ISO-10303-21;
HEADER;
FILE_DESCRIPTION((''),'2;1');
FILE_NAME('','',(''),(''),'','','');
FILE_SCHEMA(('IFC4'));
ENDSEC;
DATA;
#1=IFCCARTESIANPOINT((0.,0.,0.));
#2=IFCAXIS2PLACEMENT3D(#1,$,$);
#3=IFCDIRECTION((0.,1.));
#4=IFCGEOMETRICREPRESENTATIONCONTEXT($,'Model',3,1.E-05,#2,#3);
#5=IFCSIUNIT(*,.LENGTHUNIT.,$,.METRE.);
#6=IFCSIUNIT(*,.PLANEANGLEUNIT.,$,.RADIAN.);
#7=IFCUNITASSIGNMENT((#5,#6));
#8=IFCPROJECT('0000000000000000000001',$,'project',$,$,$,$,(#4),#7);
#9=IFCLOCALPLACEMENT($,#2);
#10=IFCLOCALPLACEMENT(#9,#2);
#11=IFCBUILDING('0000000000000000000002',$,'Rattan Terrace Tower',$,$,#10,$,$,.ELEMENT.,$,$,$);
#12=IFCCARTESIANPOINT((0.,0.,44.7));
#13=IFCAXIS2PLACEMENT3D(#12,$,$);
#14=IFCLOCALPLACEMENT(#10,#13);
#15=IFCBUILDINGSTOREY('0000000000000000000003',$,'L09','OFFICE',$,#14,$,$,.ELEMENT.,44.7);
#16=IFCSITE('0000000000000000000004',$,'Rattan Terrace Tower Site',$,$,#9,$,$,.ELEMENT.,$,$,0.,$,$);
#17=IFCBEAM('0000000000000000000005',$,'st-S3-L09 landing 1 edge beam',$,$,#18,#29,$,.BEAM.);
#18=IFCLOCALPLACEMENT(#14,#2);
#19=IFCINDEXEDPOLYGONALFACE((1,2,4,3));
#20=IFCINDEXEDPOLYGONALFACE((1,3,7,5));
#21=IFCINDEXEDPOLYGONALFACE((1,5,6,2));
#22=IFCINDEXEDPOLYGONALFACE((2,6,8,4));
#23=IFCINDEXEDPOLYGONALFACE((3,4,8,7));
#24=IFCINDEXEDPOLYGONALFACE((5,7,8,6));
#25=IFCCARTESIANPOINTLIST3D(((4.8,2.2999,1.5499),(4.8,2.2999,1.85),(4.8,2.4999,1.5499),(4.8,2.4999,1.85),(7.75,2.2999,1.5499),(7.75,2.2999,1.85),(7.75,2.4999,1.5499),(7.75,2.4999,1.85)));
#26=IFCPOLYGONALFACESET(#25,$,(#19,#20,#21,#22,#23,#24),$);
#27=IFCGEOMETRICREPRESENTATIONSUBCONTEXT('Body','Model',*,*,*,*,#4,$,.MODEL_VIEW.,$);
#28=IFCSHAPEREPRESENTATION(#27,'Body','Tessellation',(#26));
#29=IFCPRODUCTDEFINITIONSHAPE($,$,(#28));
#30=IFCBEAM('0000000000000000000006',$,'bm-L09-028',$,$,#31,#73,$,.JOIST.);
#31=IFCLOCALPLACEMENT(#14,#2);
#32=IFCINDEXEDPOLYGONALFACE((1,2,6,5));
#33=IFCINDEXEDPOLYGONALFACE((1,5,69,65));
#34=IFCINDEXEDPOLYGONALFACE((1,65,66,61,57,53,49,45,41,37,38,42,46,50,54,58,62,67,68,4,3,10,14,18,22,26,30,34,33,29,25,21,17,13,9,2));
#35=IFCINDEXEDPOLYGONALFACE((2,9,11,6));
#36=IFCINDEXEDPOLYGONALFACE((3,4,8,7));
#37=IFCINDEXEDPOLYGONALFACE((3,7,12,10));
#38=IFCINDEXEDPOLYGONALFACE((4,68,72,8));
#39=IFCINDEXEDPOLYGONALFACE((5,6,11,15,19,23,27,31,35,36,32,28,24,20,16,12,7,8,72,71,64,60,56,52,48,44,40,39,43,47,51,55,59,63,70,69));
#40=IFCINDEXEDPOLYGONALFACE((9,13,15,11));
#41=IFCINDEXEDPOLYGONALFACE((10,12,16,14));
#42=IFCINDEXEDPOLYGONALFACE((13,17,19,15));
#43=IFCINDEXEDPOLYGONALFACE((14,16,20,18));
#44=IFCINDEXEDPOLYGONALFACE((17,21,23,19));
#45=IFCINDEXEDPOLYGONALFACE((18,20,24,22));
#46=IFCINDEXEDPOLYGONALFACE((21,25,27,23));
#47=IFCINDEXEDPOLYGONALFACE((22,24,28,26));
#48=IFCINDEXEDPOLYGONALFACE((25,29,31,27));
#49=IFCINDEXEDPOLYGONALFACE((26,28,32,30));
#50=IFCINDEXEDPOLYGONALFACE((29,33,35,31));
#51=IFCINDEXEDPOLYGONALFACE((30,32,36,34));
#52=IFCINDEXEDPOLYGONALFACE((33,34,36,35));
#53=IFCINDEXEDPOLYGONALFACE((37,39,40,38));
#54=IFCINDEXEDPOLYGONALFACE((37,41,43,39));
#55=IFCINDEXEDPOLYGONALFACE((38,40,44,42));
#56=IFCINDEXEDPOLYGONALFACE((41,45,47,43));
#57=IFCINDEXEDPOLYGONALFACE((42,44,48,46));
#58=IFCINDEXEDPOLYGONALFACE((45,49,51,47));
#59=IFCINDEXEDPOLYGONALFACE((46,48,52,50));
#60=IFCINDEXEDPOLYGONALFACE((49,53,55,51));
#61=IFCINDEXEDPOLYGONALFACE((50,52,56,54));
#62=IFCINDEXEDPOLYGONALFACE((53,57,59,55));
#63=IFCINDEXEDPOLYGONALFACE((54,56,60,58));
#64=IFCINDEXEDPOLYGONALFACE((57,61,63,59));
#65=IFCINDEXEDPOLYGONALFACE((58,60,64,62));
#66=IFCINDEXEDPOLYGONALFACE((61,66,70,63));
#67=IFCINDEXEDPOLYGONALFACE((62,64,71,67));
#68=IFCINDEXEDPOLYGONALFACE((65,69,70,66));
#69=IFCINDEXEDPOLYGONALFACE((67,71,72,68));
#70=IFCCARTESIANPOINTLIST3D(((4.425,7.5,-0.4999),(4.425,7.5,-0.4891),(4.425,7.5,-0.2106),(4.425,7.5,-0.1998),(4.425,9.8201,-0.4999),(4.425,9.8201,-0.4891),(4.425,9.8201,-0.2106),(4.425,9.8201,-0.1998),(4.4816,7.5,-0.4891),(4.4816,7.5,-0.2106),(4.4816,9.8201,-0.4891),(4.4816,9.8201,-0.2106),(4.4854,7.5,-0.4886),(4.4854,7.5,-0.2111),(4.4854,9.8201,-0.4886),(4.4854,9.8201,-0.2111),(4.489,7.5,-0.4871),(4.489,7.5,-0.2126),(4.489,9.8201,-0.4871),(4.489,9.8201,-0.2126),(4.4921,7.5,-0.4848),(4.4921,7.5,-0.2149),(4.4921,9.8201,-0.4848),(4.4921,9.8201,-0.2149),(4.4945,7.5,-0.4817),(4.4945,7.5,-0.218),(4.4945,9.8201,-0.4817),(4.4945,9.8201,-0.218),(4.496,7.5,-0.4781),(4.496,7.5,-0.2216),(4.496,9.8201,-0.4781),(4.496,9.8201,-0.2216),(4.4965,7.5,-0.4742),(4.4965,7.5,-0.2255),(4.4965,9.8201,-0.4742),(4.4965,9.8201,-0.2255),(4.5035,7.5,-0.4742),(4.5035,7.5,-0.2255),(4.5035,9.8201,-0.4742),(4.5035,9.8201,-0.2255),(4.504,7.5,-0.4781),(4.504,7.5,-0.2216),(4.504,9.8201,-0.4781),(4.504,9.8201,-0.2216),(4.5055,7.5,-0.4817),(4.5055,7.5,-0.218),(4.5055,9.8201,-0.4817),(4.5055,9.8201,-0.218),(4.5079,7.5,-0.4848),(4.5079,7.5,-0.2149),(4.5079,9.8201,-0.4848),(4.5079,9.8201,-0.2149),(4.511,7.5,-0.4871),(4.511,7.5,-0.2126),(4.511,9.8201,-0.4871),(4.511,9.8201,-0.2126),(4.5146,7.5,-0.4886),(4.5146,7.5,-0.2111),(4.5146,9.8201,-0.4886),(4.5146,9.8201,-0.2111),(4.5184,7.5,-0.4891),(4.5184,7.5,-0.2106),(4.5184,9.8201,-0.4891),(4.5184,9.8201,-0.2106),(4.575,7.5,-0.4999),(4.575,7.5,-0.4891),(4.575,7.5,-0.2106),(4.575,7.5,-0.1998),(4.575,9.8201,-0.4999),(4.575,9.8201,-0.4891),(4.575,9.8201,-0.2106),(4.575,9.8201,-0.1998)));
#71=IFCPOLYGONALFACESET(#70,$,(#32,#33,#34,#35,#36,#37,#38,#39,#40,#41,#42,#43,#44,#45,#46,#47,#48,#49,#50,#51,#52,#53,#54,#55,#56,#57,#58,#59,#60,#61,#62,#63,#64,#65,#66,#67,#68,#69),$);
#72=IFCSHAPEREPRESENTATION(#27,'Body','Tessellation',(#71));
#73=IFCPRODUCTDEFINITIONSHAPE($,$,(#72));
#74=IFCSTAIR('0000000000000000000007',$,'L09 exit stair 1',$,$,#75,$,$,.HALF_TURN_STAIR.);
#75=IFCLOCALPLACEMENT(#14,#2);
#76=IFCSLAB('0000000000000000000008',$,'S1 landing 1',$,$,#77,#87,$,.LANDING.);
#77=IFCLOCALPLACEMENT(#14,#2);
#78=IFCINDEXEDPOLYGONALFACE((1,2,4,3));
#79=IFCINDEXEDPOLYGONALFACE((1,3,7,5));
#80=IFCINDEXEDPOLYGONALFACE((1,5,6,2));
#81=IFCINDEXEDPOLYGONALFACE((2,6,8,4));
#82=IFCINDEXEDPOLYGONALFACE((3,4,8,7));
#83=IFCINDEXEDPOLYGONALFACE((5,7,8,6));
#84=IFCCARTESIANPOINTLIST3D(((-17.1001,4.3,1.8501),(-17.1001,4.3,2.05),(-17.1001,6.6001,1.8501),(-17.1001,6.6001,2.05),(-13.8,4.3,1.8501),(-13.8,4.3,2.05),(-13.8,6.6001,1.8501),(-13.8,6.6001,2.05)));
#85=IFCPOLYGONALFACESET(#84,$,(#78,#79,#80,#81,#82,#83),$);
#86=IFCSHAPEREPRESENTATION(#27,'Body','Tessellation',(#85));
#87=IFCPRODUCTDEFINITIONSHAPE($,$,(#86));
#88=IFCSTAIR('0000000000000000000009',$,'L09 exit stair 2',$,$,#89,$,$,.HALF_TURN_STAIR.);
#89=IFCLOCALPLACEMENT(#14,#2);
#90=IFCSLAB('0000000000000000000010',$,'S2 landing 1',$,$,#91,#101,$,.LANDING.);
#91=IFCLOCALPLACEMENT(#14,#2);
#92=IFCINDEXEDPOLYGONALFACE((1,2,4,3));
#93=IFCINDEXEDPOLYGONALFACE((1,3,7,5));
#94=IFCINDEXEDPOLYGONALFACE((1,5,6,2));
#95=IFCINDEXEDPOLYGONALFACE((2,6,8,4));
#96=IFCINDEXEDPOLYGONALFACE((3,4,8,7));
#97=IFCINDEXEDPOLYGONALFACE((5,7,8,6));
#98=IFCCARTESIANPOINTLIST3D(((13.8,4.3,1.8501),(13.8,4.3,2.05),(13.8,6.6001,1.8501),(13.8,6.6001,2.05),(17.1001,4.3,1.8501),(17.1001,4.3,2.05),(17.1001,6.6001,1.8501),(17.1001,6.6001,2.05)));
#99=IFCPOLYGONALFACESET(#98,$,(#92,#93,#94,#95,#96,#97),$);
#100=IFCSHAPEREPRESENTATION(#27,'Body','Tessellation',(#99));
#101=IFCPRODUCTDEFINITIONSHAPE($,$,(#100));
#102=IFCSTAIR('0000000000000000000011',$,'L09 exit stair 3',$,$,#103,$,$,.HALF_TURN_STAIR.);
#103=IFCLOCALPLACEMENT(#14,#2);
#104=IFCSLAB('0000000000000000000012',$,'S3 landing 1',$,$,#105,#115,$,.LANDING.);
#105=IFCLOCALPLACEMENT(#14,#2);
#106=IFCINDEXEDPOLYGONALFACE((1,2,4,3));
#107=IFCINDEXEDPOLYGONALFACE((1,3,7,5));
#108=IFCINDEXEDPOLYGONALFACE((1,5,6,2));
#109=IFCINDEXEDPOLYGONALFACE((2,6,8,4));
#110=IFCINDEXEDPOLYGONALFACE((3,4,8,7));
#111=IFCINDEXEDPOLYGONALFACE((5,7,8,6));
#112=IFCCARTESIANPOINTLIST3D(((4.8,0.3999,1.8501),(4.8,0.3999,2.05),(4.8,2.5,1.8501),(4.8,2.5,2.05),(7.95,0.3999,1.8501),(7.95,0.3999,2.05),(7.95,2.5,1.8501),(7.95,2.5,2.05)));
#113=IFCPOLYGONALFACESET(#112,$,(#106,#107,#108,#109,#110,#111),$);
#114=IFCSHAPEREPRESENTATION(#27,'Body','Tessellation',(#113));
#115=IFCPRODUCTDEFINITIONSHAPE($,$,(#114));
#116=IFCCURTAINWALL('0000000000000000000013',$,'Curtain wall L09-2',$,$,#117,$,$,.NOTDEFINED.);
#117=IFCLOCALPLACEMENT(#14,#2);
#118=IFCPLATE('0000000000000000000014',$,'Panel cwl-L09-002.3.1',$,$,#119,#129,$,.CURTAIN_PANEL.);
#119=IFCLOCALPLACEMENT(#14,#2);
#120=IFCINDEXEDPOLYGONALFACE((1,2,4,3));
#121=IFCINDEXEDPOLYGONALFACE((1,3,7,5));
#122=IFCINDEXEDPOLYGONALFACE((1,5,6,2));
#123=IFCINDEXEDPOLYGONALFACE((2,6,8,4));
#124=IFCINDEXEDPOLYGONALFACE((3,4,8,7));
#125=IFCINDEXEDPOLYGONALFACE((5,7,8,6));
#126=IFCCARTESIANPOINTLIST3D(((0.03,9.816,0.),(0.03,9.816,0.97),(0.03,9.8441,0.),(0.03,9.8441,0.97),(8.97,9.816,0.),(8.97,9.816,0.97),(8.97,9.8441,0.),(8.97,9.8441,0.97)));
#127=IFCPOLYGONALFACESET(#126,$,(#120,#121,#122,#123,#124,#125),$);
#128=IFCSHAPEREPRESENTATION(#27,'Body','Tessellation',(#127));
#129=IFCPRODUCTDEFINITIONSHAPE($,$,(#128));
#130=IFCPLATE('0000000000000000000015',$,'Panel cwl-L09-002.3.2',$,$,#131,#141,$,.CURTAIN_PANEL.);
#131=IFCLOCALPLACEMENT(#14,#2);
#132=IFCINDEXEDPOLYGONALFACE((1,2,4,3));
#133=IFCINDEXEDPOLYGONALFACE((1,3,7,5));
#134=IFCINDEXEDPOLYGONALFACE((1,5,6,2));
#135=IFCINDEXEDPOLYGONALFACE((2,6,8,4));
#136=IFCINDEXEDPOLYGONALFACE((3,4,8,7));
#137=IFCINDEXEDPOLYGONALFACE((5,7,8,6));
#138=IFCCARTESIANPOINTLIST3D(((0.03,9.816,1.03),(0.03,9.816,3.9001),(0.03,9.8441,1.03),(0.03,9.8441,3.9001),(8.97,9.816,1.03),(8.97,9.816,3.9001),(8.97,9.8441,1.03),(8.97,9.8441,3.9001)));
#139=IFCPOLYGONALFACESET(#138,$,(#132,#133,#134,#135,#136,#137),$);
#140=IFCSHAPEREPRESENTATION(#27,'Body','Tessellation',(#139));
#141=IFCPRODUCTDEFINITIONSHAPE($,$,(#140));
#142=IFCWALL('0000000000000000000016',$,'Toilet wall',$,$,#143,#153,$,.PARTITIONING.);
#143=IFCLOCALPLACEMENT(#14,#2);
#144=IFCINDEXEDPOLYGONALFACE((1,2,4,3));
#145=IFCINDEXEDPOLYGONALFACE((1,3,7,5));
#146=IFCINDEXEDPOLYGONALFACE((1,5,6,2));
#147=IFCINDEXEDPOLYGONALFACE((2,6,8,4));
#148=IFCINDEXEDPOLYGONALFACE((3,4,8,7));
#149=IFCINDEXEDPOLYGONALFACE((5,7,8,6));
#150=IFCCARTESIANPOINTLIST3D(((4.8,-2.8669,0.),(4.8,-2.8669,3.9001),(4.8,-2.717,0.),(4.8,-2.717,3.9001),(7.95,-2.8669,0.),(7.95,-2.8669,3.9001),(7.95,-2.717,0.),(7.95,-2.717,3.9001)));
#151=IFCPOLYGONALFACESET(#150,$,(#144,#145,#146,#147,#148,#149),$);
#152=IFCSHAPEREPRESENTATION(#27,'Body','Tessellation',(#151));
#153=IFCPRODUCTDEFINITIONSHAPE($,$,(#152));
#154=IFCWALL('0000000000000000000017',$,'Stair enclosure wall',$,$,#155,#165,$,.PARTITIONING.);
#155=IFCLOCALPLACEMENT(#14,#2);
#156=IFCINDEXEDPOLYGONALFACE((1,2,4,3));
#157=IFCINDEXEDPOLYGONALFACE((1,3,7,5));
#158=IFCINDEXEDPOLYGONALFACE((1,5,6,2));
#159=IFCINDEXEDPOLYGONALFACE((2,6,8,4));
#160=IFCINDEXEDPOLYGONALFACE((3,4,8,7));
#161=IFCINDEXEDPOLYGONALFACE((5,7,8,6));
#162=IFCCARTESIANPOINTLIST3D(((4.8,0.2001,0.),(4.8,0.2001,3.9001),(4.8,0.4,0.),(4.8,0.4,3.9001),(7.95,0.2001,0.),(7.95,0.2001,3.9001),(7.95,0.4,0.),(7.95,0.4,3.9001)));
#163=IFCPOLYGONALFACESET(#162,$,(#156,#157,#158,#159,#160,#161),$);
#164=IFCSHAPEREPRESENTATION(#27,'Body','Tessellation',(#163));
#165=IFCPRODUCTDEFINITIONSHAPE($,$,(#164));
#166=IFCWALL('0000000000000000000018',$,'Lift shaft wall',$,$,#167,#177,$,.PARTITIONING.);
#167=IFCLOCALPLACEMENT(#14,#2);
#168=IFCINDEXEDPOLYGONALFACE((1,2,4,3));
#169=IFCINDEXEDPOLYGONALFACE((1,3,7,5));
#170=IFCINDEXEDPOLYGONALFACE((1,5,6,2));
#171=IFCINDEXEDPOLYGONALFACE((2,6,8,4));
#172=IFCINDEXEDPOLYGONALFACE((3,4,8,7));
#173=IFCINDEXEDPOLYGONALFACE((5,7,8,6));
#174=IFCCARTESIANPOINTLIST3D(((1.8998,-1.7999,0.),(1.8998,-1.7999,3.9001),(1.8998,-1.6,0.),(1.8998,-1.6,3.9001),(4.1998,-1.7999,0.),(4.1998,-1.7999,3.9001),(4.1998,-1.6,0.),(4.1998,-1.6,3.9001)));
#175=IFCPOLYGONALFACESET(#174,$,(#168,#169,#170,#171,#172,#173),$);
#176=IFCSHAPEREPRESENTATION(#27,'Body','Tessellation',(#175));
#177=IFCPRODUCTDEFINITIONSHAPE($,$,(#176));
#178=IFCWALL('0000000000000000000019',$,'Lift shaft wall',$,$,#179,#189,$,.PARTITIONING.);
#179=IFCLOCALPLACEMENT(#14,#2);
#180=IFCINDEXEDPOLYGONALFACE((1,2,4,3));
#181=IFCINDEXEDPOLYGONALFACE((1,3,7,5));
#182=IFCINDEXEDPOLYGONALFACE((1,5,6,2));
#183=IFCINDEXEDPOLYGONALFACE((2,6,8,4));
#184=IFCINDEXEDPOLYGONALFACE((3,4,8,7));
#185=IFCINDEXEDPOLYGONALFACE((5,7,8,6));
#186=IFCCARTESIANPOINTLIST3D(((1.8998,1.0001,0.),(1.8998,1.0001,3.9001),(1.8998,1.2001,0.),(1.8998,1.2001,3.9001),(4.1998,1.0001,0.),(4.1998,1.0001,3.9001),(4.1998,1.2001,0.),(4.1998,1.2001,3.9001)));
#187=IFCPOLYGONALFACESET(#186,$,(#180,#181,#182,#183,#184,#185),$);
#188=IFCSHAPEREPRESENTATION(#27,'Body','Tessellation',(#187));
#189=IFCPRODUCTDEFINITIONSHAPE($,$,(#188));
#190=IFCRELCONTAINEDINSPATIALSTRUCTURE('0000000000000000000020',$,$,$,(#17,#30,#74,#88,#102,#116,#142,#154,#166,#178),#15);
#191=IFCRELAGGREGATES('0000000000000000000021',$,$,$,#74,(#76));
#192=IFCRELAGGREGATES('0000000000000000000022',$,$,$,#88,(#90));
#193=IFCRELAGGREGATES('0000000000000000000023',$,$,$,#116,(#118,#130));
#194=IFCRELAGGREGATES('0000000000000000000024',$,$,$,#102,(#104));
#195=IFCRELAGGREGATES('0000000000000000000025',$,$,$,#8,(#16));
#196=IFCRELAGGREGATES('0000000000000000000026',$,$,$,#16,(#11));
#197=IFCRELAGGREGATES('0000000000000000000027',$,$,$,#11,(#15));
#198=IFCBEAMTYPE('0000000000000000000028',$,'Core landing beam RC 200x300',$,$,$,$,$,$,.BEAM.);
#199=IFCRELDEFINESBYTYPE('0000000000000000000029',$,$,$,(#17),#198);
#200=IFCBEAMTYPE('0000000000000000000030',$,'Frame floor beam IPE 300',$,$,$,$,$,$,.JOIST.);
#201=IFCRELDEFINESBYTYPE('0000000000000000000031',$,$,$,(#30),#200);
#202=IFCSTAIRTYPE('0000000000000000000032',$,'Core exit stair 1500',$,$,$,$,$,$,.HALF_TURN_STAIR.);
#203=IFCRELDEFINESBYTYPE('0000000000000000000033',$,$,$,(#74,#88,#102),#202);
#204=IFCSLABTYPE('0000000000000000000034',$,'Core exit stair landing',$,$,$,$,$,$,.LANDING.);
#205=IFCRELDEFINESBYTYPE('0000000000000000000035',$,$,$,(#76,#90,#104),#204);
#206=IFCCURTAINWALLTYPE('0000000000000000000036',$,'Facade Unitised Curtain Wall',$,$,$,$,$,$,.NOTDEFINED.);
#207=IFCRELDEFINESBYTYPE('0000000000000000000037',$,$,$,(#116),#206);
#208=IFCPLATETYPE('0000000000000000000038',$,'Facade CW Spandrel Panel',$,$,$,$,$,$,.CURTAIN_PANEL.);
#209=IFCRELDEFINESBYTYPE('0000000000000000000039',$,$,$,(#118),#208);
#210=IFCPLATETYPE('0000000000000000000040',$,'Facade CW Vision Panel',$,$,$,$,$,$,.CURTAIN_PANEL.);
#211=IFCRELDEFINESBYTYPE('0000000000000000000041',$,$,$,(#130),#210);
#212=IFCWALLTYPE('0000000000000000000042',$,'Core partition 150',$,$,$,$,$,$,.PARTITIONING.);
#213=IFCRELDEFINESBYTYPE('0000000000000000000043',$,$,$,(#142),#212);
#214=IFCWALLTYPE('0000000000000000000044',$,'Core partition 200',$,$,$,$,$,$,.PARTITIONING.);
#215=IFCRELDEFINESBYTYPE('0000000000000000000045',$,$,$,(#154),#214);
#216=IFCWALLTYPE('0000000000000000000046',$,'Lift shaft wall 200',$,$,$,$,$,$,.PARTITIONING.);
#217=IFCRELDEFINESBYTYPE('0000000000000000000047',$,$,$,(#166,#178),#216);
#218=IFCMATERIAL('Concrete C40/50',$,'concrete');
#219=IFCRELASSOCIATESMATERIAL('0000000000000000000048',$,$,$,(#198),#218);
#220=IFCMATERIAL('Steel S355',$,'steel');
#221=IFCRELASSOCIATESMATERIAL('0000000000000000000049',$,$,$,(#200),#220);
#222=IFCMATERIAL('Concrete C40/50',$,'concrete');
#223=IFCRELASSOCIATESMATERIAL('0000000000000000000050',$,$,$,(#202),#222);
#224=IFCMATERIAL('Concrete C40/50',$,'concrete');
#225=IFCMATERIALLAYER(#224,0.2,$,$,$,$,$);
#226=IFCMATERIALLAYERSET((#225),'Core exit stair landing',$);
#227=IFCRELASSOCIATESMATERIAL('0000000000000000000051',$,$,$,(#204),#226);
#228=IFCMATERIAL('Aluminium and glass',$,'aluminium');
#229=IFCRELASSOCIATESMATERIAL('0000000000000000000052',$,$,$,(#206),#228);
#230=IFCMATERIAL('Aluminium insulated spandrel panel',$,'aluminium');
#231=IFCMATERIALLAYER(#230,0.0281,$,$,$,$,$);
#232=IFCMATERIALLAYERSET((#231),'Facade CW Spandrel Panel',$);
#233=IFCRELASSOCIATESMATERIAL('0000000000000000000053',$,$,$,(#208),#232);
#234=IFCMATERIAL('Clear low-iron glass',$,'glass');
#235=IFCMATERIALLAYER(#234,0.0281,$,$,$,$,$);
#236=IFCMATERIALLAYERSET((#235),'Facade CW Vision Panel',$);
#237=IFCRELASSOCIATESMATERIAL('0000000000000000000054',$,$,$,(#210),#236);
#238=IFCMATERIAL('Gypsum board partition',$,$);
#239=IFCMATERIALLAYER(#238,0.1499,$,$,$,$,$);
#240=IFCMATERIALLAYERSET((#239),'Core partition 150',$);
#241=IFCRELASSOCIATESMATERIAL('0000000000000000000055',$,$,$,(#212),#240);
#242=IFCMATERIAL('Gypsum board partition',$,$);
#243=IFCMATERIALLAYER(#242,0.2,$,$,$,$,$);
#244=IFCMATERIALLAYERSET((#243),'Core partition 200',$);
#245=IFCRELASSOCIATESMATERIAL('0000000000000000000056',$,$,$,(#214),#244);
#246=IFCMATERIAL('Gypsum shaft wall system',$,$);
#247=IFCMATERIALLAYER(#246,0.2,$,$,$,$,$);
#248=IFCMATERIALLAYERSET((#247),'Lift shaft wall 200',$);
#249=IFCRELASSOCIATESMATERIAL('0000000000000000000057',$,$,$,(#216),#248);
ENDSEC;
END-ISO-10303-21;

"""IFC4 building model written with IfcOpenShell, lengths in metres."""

from ifc_helpers import new_model, si_unit, direction, frame, frame_2d, origin, origin_2d, place, context, subcontext, project, spatial, polyline, rectangle, i_section, outline, extrude, material, layer, layer_set, material_profile, profile_set, type_object, element, aggregate, save


model = new_model("IFC4")

# Units and contexts
model_context = context("Model", 3, precision=1e-05, world=origin(), true_north=direction((0.0, 1.0)))
body_context = subcontext(model_context, "Body", "Model", "MODEL_VIEW")
ifc_project = project(units=[si_unit("LENGTHUNIT", "METRE"), si_unit("PLANEANGLEUNIT", "RADIAN")], contexts=[model_context])

# Site, building, storey
site_placement = place(None, origin())
site = spatial("IfcSite", under=ifc_project, at=site_placement, Name="Rattan Terrace Tower Site", CompositionType="ELEMENT", RefElevation=0.0)
building_placement = place(site_placement, origin())
building = spatial("IfcBuilding", under=site, at=building_placement, Name="Rattan Terrace Tower", CompositionType="ELEMENT")
storey_placement = place(building_placement, frame((0.0, 0.0, 44.7)))
storey = spatial("IfcBuildingStorey", under=building, at=storey_placement, Name="L09", Description="OFFICE", CompositionType="ELEMENT", Elevation=44.7)

# Beams
ifc_material_1 = material(Name="Concrete C40/50", Category="concrete")
ifc_material_profile_1 = material_profile(ifc_material_1, rectangle(XDim=0.2, YDim=0.3, at=origin_2d()), Name="RC 200x300")
ifc_profile_set_1 = profile_set([ifc_material_profile_1], Name="Concrete C40/50")
beam_type_1 = type_object("IfcBeamType", Name="Core landing beam RC 200x300", PredefinedType="BEAM", material=ifc_profile_set_1)
beam_1_placement = place(storey_placement, frame((4.8, 2.3999, 1.7), z_axis=(1.0, 0.0, 0.0), x_axis=(0.0, 1.0, 0.0)))
element("IfcBeam", 1, at=beam_1_placement, inside=storey, type_object=beam_type_1, Name="st-S3-L09 landing 1 edge beam", PredefinedType="BEAM", context=body_context, shape_type="SweptSolid", body=[
    extrude(rectangle(XDim=0.2, YDim=0.3, at=origin_2d()), origin(), (0.0, 0.0, 1.0), 2.95),
])
ifc_material_2 = material(Name="Steel S355", Category="steel")
ifc_material_profile_2 = material_profile(ifc_material_2, i_section(OverallWidth=0.1499, OverallDepth=0.3, WebThickness=0.0071, FlangeThickness=0.0107, FilletRadius=0.0149, at=origin_2d()), Name="IPE 300")
ifc_profile_set_2 = profile_set([ifc_material_profile_2], Name="Steel S355")
beam_type_2 = type_object("IfcBeamType", Name="Frame floor beam IPE 300", PredefinedType="JOIST", material=ifc_profile_set_2)
beam_2_placement = place(storey_placement, frame((4.5, 7.5, -0.3499), z_axis=(0.0, 1.0, 0.0), x_axis=(-1.0, 0.0, 0.0)))
element("IfcBeam", 2, at=beam_2_placement, inside=storey, type_object=beam_type_2, Name="bm-L09-028", PredefinedType="JOIST", context=body_context, shape_type="SweptSolid", body=[
    extrude(i_section(OverallWidth=0.1499, OverallDepth=0.3, WebThickness=0.0071, FlangeThickness=0.0107, FilletRadius=0.0149, at=origin_2d()), origin(), (0.0, 0.0, 1.0), 2.3201),
])

# Stairs, slabs
ifc_material_3 = material(Name="Concrete C40/50", Category="concrete")
stair_type = type_object("IfcStairType", Name="Core exit stair 1500", PredefinedType="HALF_TURN_STAIR", material=ifc_material_3)
stair_1_placement = place(storey_placement, origin())
stair_1 = element("IfcStair", 3, at=stair_1_placement, inside=storey, type_object=stair_type, Name="L09 exit stair 1", PredefinedType="HALF_TURN_STAIR")
ifc_material_4 = material(Name="Concrete C40/50", Category="concrete")
ifc_layer_1 = layer(ifc_material_4, 0.2)
ifc_layer_set_1 = layer_set([ifc_layer_1], Name="Core exit stair landing")
slab_type = type_object("IfcSlabType", Name="Core exit stair landing", PredefinedType="LANDING", material=ifc_layer_set_1)
slab_1_placement = place(storey_placement, frame((0.0, 0.0, 1.8501)))
slab_1 = element("IfcSlab", 4, at=slab_1_placement, type_object=slab_type, Name="S1 landing 1", PredefinedType="LANDING", context=body_context, shape_type="SweptSolid", body=[
    extrude(outline(polyline([(-13.8, 4.3), (-13.8, 6.6001), (-17.1001, 6.6001), (-17.1001, 4.3), (-13.8, 4.3)])), origin(), (0.0, 0.0, 1.0), 0.2),
])
aggregate(stair_1, [slab_1])
stair_2_placement = place(storey_placement, origin())
stair_2 = element("IfcStair", 5, at=stair_2_placement, inside=storey, type_object=stair_type, Name="L09 exit stair 2", PredefinedType="HALF_TURN_STAIR")
slab_2_placement = place(storey_placement, frame((0.0, 0.0, 1.8501)))
slab_2 = element("IfcSlab", 6, at=slab_2_placement, type_object=slab_type, Name="S2 landing 1", PredefinedType="LANDING", context=body_context, shape_type="SweptSolid", body=[
    extrude(outline(polyline([(17.1001, 4.3), (17.1001, 6.6001), (13.8, 6.6001), (13.8, 4.3), (17.1001, 4.3)])), origin(), (0.0, 0.0, 1.0), 0.2),
])
aggregate(stair_2, [slab_2])
stair_3_placement = place(storey_placement, origin())
stair_3 = element("IfcStair", 7, at=stair_3_placement, inside=storey, type_object=stair_type, Name="L09 exit stair 3", PredefinedType="HALF_TURN_STAIR")
slab_3_placement = place(storey_placement, frame((0.0, 0.0, 1.8501)))
slab_3 = element("IfcSlab", 8, at=slab_3_placement, type_object=slab_type, Name="S3 landing 1", PredefinedType="LANDING", context=body_context, shape_type="SweptSolid", body=[
    extrude(outline(polyline([(4.8, 2.5), (4.8, 0.3999), (7.95, 0.3999), (7.95, 2.5), (4.8, 2.5)])), origin(), (0.0, 0.0, 1.0), 0.2),
])

# Curtain wall, plates
ifc_material_5 = material(Name="Aluminium and glass", Category="aluminium")
curtain_wall_type = type_object("IfcCurtainWallType", Name="Facade Unitised Curtain Wall", PredefinedType="NOTDEFINED", material=ifc_material_5)
curtain_wall_placement = place(storey_placement, origin())
curtain_wall = element("IfcCurtainWall", 9, at=curtain_wall_placement, inside=storey, type_object=curtain_wall_type, Name="Curtain wall L09-2", PredefinedType="NOTDEFINED")
ifc_material_6 = material(Name="Aluminium insulated spandrel panel", Category="aluminium")
ifc_layer_2 = layer(ifc_material_6, 0.0281)
ifc_layer_set_2 = layer_set([ifc_layer_2], Name="Facade CW Spandrel Panel")
plate_type_1 = type_object("IfcPlateType", Name="Facade CW Spandrel Panel", PredefinedType="CURTAIN_PANEL", material=ifc_layer_set_2)
plate_1_placement = place(storey_placement, frame((4.5, 9.8301, 0.0), z_axis=(0.0, 0.0, 1.0), x_axis=(-1.0, 0.0, 0.0)))
plate_1 = element("IfcPlate", 10, at=plate_1_placement, type_object=plate_type_1, Name="Panel cwl-L09-002.3.1", PredefinedType="CURTAIN_PANEL", context=body_context, shape_type="SweptSolid", body=[
    extrude(rectangle(XDim=8.9399, YDim=0.0281, at=origin_2d()), origin(), (0.0, 0.0, 1.0), 0.97),
])
ifc_material_7 = material(Name="Clear low-iron glass", Category="glass")
ifc_layer_3 = layer(ifc_material_7, 0.0281)
ifc_layer_set_3 = layer_set([ifc_layer_3], Name="Facade CW Vision Panel")
plate_type_2 = type_object("IfcPlateType", Name="Facade CW Vision Panel", PredefinedType="CURTAIN_PANEL", material=ifc_layer_set_3)
plate_2_placement = place(storey_placement, frame((4.5, 9.8301, 1.03), z_axis=(0.0, 0.0, 1.0), x_axis=(-1.0, 0.0, 0.0)))
plate_2 = element("IfcPlate", 11, at=plate_2_placement, type_object=plate_type_2, Name="Panel cwl-L09-002.3.2", PredefinedType="CURTAIN_PANEL", context=body_context, shape_type="SweptSolid", body=[
    extrude(rectangle(XDim=8.9399, YDim=0.0281, at=origin_2d()), origin(), (0.0, 0.0, 1.0), 2.8701),
])
aggregate(curtain_wall, [plate_1, plate_2])

# Walls
ifc_material_8 = material(Name="Gypsum board partition")
ifc_layer_4 = layer(ifc_material_8, 0.1499)
ifc_layer_set_4 = layer_set([ifc_layer_4], Name="Core partition 150")
wall_type_1 = type_object("IfcWallType", Name="Core partition 150", PredefinedType="PARTITIONING", material=ifc_layer_set_4)
wall_1_placement = place(storey_placement, frame((4.8, -2.792, 0.0), z_axis=(0.0, 0.0, 1.0), x_axis=(1.0, 0.0, 0.0)))
element("IfcWall", 12, at=wall_1_placement, inside=storey, type_object=wall_type_1, Name="Toilet wall", PredefinedType="PARTITIONING", context=body_context, shape_type="SweptSolid", body=[
    extrude(rectangle(XDim=3.1499, YDim=0.1499, at=frame_2d((1.575, 0.0))), origin(), (0.0, 0.0, 1.0), 3.9001),
])
ifc_material_9 = material(Name="Gypsum board partition")
ifc_layer_5 = layer(ifc_material_9, 0.2)
ifc_layer_set_5 = layer_set([ifc_layer_5], Name="Core partition 200")
wall_type_2 = type_object("IfcWallType", Name="Core partition 200", PredefinedType="PARTITIONING", material=ifc_layer_set_5)
wall_2_placement = place(storey_placement, frame((4.8, 0.3, 0.0), z_axis=(0.0, 0.0, 1.0), x_axis=(1.0, 0.0, 0.0)))
element("IfcWall", 13, at=wall_2_placement, inside=storey, type_object=wall_type_2, Name="Stair enclosure wall", PredefinedType="PARTITIONING", context=body_context, shape_type="SweptSolid", body=[
    extrude(rectangle(XDim=3.1499, YDim=0.2, at=frame_2d((1.575, 0.0))), origin(), (0.0, 0.0, 1.0), 3.9001),
])
ifc_material_10 = material(Name="Gypsum shaft wall system")
ifc_layer_6 = layer(ifc_material_10, 0.2)
ifc_layer_set_6 = layer_set([ifc_layer_6], Name="Lift shaft wall 200")
wall_type_3 = type_object("IfcWallType", Name="Lift shaft wall 200", PredefinedType="PARTITIONING", material=ifc_layer_set_6)
for number, where, z_axis, x_axis, name in (
    (14, (1.8999, -1.7, 0.0), (0.0, 0.0, 1.0), (1.0, 0.0, 0.0), "Lift shaft wall"),
    (15, (1.8999, 1.1001, 0.0), (0.0, 0.0, 1.0), (1.0, 0.0, 0.0), "Lift shaft wall"),
):
    element("IfcWall", number, at=place(storey_placement, frame(where, z_axis=z_axis, x_axis=x_axis)), inside=storey, type_object=wall_type_3, Name=name, PredefinedType="PARTITIONING", context=body_context, shape_type="SweptSolid", body=[
        extrude(rectangle(XDim=2.3, YDim=0.2, at=frame_2d((1.1499, 0.0))), origin(), (0.0, 0.0, 1.0), 3.9001),
    ])

aggregate(stair_3, [slab_3])

save(model, "model.ifc")
